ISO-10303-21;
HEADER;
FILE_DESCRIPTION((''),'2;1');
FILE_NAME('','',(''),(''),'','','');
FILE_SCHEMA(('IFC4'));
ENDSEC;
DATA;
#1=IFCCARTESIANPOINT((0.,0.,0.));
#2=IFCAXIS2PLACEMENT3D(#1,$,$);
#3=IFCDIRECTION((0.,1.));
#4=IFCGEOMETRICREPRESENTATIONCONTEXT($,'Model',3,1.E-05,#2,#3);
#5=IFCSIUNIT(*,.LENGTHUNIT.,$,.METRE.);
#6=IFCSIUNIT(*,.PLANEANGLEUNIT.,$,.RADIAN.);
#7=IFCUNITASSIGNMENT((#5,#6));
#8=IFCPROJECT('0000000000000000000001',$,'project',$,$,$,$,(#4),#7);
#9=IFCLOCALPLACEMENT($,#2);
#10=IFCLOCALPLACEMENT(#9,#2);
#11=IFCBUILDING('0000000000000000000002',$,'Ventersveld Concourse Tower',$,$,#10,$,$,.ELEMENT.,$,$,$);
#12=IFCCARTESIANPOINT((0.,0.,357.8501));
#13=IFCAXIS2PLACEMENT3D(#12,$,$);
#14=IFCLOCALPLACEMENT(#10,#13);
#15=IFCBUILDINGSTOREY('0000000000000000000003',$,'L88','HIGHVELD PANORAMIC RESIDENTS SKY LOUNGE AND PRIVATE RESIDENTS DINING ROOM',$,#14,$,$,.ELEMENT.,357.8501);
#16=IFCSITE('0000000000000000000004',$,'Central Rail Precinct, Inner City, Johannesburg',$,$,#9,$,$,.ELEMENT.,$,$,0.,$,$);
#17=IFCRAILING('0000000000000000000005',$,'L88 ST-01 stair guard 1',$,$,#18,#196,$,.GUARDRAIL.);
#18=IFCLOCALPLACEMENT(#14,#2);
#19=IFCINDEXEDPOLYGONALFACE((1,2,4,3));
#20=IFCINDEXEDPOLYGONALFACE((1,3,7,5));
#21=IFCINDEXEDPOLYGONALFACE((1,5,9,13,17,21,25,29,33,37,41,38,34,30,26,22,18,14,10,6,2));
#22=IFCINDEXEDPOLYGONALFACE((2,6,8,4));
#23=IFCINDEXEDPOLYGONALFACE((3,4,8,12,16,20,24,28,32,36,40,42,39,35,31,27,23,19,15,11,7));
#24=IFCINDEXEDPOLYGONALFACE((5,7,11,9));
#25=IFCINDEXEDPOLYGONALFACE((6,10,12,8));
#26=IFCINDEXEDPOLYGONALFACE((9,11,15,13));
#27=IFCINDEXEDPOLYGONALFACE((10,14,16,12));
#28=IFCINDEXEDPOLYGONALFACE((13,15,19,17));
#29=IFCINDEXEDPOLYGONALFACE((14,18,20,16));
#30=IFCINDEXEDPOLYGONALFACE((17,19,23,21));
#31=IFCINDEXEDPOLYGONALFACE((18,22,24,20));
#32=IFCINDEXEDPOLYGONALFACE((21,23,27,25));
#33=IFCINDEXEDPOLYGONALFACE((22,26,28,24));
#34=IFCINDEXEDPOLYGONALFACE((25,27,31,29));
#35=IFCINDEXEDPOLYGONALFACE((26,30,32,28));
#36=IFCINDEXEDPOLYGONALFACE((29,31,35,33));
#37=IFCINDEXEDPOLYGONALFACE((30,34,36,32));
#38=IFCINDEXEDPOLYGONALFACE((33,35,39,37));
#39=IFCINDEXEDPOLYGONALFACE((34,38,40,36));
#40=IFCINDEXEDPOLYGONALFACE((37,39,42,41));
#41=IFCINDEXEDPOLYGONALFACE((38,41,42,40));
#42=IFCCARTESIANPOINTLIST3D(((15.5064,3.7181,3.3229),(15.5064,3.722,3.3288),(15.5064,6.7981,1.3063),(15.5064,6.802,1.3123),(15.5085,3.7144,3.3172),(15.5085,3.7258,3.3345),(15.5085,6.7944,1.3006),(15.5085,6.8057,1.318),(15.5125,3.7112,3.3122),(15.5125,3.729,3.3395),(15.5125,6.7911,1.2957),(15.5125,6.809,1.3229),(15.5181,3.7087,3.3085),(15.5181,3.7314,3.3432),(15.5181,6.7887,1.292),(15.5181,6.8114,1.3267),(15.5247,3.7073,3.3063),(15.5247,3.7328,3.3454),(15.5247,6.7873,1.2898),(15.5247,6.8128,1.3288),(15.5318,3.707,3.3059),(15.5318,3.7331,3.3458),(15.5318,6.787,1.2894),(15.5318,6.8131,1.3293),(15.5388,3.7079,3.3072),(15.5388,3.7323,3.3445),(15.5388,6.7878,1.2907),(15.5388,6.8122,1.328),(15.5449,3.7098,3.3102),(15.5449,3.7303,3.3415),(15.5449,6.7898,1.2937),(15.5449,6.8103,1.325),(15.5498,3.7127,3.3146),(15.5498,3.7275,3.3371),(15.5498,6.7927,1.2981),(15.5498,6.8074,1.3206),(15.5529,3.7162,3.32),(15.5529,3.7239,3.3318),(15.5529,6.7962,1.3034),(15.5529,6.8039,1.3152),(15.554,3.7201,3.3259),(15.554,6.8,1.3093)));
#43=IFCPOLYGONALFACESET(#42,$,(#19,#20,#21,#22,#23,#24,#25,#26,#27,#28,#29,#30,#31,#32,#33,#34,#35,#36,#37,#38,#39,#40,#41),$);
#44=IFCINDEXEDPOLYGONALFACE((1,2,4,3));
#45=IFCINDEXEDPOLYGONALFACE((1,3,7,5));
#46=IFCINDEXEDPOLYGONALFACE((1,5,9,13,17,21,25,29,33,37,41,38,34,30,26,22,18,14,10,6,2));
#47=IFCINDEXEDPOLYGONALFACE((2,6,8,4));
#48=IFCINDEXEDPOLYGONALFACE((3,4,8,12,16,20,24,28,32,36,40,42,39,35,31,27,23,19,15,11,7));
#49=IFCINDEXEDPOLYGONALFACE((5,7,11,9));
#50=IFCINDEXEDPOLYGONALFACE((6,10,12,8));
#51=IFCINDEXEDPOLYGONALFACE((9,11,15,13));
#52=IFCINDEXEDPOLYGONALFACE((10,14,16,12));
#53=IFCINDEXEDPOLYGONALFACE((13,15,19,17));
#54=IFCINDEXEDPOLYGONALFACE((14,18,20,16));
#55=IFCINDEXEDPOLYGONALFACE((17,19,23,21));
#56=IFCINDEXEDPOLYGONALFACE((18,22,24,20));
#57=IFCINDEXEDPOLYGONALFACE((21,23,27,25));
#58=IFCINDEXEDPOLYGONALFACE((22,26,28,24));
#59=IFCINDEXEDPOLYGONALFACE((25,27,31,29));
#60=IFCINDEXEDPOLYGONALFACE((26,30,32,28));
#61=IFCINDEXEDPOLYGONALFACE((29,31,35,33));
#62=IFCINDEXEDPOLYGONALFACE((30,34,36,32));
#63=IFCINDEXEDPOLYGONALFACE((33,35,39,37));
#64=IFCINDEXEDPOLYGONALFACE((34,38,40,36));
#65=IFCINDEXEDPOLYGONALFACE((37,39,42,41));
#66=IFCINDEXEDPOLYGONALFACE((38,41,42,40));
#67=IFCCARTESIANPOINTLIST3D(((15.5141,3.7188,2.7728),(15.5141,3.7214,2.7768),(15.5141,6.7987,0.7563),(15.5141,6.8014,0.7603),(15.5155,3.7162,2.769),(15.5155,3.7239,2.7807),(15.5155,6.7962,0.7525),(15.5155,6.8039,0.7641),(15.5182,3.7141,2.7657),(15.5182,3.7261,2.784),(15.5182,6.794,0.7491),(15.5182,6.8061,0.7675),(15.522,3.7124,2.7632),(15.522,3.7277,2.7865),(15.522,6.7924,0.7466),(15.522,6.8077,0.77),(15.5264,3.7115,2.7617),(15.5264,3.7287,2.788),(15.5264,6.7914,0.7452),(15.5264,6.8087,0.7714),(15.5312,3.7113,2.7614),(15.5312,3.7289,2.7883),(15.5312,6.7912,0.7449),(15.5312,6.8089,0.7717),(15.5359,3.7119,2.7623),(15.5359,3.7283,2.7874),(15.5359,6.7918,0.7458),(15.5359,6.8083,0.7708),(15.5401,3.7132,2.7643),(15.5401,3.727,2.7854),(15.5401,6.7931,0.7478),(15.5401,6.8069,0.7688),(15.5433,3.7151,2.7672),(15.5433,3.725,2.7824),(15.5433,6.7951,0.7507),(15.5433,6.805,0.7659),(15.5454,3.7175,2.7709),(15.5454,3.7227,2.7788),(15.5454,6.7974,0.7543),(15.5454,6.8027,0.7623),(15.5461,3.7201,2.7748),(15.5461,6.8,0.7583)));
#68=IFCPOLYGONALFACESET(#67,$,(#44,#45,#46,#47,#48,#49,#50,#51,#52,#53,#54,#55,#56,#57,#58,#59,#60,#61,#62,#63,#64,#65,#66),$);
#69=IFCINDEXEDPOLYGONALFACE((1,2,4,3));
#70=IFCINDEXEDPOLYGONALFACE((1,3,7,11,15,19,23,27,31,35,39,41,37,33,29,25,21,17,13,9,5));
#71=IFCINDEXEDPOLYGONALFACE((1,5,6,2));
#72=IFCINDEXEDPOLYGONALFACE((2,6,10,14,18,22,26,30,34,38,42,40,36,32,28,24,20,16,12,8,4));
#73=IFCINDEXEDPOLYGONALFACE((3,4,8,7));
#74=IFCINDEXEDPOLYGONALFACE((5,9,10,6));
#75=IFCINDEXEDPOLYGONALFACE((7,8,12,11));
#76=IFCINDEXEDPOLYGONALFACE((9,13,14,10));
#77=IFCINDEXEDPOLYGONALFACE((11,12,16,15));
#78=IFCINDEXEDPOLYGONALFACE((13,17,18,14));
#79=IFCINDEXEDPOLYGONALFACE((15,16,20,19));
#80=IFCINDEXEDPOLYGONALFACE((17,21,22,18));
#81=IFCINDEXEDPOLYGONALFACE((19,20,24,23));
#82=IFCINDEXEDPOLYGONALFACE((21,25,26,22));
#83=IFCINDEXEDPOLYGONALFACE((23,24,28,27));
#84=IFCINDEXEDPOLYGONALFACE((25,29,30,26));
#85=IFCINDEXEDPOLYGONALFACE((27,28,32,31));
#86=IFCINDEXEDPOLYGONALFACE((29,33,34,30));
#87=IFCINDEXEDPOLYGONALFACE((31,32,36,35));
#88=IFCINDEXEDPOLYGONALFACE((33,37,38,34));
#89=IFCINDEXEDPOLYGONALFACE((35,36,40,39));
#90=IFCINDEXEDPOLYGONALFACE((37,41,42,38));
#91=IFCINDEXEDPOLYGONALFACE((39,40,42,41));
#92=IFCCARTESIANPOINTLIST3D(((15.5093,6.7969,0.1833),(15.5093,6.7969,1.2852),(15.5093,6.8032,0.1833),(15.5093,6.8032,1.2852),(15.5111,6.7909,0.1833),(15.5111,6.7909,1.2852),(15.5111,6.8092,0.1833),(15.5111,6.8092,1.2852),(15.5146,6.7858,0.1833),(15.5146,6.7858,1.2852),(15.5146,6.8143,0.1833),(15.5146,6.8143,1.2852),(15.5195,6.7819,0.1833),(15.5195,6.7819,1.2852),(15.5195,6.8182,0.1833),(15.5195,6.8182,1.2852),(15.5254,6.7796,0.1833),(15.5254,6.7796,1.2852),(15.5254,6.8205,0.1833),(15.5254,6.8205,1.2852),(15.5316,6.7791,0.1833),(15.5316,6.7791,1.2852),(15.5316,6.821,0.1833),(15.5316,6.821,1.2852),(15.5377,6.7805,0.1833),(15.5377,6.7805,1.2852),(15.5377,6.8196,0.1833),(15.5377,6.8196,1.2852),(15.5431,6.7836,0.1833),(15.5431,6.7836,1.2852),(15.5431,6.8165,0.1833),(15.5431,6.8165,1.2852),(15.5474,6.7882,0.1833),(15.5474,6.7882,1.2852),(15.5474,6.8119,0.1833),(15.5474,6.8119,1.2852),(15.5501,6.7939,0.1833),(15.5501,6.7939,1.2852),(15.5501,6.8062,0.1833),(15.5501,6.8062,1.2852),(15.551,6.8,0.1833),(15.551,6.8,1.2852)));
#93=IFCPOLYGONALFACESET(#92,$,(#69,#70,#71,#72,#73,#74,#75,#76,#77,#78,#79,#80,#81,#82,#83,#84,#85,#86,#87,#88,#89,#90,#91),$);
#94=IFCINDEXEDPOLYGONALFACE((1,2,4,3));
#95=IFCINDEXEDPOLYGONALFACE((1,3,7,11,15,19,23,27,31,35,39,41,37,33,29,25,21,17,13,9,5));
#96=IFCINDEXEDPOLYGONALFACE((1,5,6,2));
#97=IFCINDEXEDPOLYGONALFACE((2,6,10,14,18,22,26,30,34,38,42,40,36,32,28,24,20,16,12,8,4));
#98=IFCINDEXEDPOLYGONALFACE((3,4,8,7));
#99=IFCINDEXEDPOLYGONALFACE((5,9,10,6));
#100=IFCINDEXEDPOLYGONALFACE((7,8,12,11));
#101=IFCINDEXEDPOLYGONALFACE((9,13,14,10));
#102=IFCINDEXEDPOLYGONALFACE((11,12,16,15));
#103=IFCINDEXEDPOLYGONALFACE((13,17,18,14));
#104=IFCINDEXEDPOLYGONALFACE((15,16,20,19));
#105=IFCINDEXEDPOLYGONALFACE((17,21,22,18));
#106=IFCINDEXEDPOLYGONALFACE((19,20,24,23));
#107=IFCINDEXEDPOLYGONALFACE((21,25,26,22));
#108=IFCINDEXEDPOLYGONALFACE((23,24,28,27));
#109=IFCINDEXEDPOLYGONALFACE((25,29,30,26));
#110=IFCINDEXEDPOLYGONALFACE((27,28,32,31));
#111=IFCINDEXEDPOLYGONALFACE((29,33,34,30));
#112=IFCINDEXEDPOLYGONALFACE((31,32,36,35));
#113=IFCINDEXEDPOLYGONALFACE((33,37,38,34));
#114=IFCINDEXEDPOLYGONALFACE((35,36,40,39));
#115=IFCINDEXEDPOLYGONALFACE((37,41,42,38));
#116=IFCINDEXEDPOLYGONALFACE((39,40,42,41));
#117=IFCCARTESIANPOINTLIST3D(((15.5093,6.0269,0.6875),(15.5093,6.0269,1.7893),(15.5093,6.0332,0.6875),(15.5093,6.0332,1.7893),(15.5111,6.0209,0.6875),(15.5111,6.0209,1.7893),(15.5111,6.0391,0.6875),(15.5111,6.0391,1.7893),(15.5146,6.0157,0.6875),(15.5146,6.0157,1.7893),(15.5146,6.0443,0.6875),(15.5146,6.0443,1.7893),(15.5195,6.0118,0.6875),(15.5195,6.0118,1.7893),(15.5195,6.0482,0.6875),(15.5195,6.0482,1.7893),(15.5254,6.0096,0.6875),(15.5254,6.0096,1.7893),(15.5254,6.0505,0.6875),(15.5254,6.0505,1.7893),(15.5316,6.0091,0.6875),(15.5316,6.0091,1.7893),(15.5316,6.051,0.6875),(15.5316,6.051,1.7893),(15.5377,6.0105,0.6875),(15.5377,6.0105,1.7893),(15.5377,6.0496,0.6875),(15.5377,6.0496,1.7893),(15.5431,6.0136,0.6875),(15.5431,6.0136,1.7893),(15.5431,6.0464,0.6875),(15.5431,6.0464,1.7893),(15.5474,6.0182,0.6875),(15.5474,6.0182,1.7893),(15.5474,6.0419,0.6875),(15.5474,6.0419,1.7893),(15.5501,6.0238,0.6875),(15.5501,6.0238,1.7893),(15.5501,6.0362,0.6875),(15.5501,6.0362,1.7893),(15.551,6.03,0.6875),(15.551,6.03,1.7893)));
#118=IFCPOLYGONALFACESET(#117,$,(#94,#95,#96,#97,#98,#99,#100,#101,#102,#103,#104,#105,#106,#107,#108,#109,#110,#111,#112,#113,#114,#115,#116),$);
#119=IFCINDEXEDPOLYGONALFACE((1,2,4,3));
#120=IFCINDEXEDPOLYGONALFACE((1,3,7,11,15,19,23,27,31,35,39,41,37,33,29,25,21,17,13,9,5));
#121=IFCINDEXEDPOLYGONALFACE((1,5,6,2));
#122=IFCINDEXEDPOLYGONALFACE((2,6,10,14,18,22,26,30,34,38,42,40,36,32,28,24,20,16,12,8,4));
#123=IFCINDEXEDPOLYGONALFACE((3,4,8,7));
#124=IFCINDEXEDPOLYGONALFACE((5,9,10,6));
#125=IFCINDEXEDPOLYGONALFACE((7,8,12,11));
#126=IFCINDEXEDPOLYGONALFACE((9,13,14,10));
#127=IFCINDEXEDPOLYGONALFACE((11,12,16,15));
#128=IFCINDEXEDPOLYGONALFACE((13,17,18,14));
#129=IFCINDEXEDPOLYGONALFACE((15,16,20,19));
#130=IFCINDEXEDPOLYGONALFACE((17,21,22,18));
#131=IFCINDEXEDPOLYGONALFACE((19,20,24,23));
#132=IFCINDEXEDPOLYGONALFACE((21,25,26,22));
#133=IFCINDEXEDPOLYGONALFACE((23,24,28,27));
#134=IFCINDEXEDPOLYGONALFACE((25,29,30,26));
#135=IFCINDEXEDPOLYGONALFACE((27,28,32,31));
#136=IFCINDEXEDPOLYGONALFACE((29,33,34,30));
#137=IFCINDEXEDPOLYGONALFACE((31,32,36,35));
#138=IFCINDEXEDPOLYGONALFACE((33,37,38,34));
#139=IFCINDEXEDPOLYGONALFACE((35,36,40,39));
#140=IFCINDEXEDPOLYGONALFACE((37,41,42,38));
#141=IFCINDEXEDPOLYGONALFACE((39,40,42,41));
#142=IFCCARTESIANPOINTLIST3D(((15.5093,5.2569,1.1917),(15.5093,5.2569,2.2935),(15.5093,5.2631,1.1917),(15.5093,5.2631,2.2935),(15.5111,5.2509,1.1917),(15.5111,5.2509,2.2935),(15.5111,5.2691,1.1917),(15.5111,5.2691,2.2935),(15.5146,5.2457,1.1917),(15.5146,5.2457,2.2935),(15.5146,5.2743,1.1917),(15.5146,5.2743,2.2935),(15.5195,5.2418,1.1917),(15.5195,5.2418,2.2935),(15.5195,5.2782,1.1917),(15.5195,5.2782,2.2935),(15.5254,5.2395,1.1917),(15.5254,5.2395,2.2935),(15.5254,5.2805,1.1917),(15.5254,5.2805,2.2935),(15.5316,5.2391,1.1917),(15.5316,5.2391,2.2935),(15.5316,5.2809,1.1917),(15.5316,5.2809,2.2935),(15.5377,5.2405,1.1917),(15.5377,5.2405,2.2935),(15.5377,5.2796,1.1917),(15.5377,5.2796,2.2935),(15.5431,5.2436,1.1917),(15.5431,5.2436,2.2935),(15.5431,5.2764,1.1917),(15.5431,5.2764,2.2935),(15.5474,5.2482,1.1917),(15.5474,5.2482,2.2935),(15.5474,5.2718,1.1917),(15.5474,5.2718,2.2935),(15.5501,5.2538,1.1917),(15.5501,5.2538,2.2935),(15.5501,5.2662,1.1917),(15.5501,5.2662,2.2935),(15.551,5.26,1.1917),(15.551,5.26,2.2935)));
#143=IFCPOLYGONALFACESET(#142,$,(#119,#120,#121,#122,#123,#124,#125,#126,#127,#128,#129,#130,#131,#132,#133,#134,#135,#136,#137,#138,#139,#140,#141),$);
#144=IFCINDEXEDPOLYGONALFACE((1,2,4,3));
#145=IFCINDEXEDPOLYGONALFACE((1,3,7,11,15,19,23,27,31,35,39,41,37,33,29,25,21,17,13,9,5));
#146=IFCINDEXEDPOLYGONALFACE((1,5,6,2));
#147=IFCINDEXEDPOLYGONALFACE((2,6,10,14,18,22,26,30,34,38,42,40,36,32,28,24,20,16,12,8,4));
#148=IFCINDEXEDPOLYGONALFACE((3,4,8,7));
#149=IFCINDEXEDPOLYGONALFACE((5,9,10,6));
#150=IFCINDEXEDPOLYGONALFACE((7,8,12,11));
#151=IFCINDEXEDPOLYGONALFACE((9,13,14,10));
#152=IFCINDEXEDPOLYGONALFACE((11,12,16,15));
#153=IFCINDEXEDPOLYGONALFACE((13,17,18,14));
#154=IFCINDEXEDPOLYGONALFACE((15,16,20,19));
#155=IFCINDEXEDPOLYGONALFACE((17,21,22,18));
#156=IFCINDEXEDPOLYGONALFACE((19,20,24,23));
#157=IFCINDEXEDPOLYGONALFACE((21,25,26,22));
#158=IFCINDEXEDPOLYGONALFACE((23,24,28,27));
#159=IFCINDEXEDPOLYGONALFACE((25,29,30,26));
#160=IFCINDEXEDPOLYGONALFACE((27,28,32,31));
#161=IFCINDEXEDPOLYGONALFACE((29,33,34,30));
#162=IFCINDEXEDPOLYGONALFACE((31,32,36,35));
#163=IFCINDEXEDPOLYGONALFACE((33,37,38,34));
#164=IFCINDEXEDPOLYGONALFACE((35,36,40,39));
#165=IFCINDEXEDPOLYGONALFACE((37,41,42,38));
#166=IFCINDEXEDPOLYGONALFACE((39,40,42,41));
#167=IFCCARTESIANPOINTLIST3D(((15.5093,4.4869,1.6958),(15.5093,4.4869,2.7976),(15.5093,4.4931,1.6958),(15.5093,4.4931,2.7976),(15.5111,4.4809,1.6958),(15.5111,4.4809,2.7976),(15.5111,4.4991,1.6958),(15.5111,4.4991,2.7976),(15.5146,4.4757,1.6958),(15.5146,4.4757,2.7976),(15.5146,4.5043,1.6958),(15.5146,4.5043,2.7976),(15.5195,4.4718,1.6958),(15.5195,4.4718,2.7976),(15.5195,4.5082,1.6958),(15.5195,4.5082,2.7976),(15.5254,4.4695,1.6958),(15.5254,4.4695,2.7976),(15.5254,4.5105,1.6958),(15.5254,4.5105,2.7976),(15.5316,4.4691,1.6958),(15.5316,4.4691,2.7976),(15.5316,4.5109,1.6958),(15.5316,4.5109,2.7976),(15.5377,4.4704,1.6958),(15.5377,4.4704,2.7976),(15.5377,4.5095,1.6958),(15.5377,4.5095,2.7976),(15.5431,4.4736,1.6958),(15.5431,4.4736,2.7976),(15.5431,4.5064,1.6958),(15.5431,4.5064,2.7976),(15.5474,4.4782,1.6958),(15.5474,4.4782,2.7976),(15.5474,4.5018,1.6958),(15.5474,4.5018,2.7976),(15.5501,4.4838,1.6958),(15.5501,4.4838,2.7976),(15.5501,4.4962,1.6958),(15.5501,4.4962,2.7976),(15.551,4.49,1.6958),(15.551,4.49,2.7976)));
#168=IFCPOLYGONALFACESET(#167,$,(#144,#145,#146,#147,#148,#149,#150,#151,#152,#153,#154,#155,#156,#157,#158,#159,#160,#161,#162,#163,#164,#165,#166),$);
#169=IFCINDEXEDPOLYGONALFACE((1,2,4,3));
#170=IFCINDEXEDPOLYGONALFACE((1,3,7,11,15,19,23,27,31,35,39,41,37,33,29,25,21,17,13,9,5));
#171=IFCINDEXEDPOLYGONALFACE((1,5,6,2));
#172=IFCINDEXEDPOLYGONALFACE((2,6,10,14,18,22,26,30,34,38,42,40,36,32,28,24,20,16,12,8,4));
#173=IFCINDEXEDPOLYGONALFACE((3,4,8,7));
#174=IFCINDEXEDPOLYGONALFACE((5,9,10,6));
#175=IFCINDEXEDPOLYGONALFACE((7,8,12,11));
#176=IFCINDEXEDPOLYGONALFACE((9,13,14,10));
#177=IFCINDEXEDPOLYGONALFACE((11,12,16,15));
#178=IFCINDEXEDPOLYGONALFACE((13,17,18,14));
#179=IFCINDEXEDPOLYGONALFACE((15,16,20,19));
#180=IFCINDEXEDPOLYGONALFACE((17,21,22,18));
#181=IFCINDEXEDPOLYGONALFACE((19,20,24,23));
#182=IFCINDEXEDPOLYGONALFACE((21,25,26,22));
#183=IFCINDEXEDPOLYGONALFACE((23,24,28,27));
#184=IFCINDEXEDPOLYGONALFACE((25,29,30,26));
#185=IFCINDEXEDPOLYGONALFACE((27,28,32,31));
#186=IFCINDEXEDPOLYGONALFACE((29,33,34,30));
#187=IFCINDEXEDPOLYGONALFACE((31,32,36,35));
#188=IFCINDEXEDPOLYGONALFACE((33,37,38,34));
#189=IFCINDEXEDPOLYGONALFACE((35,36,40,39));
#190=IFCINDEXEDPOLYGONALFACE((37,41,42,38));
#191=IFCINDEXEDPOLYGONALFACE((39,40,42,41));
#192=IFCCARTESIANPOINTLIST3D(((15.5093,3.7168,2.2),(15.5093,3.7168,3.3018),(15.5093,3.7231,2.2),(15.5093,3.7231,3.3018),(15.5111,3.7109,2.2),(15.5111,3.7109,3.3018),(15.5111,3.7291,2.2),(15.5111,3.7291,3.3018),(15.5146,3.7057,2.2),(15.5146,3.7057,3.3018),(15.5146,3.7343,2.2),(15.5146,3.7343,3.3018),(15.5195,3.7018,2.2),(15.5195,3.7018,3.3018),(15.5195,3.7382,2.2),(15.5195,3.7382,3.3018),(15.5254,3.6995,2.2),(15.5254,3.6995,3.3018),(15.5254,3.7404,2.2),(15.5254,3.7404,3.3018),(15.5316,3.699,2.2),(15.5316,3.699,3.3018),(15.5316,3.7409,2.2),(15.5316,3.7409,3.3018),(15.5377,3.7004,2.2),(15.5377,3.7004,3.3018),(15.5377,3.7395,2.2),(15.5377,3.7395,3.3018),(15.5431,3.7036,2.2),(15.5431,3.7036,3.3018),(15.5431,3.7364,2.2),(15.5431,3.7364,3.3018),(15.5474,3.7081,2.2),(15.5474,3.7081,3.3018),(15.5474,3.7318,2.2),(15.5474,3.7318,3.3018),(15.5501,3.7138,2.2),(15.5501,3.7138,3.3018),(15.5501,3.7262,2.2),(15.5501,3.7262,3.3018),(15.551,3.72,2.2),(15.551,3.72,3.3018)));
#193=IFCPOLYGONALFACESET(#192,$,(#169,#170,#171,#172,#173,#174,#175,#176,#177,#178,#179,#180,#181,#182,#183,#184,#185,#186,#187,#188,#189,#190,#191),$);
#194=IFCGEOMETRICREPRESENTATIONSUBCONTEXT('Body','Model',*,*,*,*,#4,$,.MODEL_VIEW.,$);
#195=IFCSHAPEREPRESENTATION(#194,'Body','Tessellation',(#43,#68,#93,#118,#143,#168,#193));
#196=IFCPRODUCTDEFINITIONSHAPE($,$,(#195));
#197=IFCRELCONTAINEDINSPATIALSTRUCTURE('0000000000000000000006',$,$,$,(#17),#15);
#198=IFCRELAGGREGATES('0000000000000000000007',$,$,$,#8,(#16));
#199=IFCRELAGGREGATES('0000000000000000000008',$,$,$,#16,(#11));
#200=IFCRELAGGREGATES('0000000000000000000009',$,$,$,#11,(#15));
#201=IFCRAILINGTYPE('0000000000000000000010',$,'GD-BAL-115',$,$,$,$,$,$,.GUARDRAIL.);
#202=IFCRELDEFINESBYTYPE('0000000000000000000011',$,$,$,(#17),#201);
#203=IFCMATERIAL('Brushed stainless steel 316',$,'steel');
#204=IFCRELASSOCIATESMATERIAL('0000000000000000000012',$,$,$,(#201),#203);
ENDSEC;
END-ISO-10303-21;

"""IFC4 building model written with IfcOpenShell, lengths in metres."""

from ifc_helpers import new_model, si_unit, direction, frame, origin, origin_2d, place, context, subcontext, project, spatial, circle, extrude, material, type_object, element, save


model = new_model("IFC4")

# Units and contexts
model_context = context("Model", 3, precision=1e-05, world=origin(), true_north=direction((0.0, 1.0)))
body_context = subcontext(model_context, "Body", "Model", "MODEL_VIEW")
ifc_project = project(units=[si_unit("LENGTHUNIT", "METRE"), si_unit("PLANEANGLEUNIT", "RADIAN")], contexts=[model_context])

# Site, building, storey
site_placement = place(None, origin())
site = spatial("IfcSite", under=ifc_project, at=site_placement, Name="Central Rail Precinct, Inner City, Johannesburg", CompositionType="ELEMENT", RefElevation=0.0)
building_placement = place(site_placement, origin())
building = spatial("IfcBuilding", under=site, at=building_placement, Name="Ventersveld Concourse Tower", CompositionType="ELEMENT")
storey_placement = place(building_placement, frame((0.0, 0.0, 357.8501)))
storey = spatial("IfcBuildingStorey", under=building, at=storey_placement, Name="L88", Description="HIGHVELD PANORAMIC RESIDENTS SKY LOUNGE AND PRIVATE RESIDENTS DINING ROOM", CompositionType="ELEMENT", Elevation=357.8501)

# Shared definitions
ifc_material_1 = material(Name="Brushed stainless steel 316", Category="steel")

# Railing
railing_type_1 = type_object("IfcRailingType", Name="GD-BAL-115", PredefinedType="GUARDRAIL", material=ifc_material_1)
railing_1_placement = place(storey_placement, frame((15.53, 6.8, 0.1833)))
element("IfcRailing", 1, at=railing_1_placement, inside=storey, type_object=railing_type_1, Name="L88 ST-01 stair guard 1", PredefinedType="GUARDRAIL", context=body_context, shape_type="SweptSolid", body=[
    extrude(circle(Radius=0.0239, at=origin_2d()), frame((0.0, 0.0, 1.126), z_axis=(0.0, -0.836633, 0.547764), x_axis=(1.0, 0.0, 0.0)), (0.0, 0.0, 1.0), 3.6814),
    extrude(circle(Radius=0.0161, at=origin_2d()), frame((0.0, 0.0, 0.575), z_axis=(0.0, -0.836633, 0.547764), x_axis=(1.0, 0.0, 0.0)), (0.0, 0.0, 1.0), 3.6814),
    extrude(circle(Radius=0.021, at=origin_2d()), origin(), (0.0, 0.0, 1.0), 1.1018),
    extrude(circle(Radius=0.021, at=origin_2d()), frame((0.0, -0.77, 0.5042)), (0.0, 0.0, 1.0), 1.1018),
    extrude(circle(Radius=0.021, at=origin_2d()), frame((0.0, -1.54, 1.0083)), (0.0, 0.0, 1.0), 1.1018),
    extrude(circle(Radius=0.021, at=origin_2d()), frame((0.0, -2.3101, 1.5125)), (0.0, 0.0, 1.0), 1.1018),
    extrude(circle(Radius=0.021, at=origin_2d()), frame((0.0, -3.0801, 2.0166)), (0.0, 0.0, 1.0), 1.1018),
])

save(model, "model.ifc")
